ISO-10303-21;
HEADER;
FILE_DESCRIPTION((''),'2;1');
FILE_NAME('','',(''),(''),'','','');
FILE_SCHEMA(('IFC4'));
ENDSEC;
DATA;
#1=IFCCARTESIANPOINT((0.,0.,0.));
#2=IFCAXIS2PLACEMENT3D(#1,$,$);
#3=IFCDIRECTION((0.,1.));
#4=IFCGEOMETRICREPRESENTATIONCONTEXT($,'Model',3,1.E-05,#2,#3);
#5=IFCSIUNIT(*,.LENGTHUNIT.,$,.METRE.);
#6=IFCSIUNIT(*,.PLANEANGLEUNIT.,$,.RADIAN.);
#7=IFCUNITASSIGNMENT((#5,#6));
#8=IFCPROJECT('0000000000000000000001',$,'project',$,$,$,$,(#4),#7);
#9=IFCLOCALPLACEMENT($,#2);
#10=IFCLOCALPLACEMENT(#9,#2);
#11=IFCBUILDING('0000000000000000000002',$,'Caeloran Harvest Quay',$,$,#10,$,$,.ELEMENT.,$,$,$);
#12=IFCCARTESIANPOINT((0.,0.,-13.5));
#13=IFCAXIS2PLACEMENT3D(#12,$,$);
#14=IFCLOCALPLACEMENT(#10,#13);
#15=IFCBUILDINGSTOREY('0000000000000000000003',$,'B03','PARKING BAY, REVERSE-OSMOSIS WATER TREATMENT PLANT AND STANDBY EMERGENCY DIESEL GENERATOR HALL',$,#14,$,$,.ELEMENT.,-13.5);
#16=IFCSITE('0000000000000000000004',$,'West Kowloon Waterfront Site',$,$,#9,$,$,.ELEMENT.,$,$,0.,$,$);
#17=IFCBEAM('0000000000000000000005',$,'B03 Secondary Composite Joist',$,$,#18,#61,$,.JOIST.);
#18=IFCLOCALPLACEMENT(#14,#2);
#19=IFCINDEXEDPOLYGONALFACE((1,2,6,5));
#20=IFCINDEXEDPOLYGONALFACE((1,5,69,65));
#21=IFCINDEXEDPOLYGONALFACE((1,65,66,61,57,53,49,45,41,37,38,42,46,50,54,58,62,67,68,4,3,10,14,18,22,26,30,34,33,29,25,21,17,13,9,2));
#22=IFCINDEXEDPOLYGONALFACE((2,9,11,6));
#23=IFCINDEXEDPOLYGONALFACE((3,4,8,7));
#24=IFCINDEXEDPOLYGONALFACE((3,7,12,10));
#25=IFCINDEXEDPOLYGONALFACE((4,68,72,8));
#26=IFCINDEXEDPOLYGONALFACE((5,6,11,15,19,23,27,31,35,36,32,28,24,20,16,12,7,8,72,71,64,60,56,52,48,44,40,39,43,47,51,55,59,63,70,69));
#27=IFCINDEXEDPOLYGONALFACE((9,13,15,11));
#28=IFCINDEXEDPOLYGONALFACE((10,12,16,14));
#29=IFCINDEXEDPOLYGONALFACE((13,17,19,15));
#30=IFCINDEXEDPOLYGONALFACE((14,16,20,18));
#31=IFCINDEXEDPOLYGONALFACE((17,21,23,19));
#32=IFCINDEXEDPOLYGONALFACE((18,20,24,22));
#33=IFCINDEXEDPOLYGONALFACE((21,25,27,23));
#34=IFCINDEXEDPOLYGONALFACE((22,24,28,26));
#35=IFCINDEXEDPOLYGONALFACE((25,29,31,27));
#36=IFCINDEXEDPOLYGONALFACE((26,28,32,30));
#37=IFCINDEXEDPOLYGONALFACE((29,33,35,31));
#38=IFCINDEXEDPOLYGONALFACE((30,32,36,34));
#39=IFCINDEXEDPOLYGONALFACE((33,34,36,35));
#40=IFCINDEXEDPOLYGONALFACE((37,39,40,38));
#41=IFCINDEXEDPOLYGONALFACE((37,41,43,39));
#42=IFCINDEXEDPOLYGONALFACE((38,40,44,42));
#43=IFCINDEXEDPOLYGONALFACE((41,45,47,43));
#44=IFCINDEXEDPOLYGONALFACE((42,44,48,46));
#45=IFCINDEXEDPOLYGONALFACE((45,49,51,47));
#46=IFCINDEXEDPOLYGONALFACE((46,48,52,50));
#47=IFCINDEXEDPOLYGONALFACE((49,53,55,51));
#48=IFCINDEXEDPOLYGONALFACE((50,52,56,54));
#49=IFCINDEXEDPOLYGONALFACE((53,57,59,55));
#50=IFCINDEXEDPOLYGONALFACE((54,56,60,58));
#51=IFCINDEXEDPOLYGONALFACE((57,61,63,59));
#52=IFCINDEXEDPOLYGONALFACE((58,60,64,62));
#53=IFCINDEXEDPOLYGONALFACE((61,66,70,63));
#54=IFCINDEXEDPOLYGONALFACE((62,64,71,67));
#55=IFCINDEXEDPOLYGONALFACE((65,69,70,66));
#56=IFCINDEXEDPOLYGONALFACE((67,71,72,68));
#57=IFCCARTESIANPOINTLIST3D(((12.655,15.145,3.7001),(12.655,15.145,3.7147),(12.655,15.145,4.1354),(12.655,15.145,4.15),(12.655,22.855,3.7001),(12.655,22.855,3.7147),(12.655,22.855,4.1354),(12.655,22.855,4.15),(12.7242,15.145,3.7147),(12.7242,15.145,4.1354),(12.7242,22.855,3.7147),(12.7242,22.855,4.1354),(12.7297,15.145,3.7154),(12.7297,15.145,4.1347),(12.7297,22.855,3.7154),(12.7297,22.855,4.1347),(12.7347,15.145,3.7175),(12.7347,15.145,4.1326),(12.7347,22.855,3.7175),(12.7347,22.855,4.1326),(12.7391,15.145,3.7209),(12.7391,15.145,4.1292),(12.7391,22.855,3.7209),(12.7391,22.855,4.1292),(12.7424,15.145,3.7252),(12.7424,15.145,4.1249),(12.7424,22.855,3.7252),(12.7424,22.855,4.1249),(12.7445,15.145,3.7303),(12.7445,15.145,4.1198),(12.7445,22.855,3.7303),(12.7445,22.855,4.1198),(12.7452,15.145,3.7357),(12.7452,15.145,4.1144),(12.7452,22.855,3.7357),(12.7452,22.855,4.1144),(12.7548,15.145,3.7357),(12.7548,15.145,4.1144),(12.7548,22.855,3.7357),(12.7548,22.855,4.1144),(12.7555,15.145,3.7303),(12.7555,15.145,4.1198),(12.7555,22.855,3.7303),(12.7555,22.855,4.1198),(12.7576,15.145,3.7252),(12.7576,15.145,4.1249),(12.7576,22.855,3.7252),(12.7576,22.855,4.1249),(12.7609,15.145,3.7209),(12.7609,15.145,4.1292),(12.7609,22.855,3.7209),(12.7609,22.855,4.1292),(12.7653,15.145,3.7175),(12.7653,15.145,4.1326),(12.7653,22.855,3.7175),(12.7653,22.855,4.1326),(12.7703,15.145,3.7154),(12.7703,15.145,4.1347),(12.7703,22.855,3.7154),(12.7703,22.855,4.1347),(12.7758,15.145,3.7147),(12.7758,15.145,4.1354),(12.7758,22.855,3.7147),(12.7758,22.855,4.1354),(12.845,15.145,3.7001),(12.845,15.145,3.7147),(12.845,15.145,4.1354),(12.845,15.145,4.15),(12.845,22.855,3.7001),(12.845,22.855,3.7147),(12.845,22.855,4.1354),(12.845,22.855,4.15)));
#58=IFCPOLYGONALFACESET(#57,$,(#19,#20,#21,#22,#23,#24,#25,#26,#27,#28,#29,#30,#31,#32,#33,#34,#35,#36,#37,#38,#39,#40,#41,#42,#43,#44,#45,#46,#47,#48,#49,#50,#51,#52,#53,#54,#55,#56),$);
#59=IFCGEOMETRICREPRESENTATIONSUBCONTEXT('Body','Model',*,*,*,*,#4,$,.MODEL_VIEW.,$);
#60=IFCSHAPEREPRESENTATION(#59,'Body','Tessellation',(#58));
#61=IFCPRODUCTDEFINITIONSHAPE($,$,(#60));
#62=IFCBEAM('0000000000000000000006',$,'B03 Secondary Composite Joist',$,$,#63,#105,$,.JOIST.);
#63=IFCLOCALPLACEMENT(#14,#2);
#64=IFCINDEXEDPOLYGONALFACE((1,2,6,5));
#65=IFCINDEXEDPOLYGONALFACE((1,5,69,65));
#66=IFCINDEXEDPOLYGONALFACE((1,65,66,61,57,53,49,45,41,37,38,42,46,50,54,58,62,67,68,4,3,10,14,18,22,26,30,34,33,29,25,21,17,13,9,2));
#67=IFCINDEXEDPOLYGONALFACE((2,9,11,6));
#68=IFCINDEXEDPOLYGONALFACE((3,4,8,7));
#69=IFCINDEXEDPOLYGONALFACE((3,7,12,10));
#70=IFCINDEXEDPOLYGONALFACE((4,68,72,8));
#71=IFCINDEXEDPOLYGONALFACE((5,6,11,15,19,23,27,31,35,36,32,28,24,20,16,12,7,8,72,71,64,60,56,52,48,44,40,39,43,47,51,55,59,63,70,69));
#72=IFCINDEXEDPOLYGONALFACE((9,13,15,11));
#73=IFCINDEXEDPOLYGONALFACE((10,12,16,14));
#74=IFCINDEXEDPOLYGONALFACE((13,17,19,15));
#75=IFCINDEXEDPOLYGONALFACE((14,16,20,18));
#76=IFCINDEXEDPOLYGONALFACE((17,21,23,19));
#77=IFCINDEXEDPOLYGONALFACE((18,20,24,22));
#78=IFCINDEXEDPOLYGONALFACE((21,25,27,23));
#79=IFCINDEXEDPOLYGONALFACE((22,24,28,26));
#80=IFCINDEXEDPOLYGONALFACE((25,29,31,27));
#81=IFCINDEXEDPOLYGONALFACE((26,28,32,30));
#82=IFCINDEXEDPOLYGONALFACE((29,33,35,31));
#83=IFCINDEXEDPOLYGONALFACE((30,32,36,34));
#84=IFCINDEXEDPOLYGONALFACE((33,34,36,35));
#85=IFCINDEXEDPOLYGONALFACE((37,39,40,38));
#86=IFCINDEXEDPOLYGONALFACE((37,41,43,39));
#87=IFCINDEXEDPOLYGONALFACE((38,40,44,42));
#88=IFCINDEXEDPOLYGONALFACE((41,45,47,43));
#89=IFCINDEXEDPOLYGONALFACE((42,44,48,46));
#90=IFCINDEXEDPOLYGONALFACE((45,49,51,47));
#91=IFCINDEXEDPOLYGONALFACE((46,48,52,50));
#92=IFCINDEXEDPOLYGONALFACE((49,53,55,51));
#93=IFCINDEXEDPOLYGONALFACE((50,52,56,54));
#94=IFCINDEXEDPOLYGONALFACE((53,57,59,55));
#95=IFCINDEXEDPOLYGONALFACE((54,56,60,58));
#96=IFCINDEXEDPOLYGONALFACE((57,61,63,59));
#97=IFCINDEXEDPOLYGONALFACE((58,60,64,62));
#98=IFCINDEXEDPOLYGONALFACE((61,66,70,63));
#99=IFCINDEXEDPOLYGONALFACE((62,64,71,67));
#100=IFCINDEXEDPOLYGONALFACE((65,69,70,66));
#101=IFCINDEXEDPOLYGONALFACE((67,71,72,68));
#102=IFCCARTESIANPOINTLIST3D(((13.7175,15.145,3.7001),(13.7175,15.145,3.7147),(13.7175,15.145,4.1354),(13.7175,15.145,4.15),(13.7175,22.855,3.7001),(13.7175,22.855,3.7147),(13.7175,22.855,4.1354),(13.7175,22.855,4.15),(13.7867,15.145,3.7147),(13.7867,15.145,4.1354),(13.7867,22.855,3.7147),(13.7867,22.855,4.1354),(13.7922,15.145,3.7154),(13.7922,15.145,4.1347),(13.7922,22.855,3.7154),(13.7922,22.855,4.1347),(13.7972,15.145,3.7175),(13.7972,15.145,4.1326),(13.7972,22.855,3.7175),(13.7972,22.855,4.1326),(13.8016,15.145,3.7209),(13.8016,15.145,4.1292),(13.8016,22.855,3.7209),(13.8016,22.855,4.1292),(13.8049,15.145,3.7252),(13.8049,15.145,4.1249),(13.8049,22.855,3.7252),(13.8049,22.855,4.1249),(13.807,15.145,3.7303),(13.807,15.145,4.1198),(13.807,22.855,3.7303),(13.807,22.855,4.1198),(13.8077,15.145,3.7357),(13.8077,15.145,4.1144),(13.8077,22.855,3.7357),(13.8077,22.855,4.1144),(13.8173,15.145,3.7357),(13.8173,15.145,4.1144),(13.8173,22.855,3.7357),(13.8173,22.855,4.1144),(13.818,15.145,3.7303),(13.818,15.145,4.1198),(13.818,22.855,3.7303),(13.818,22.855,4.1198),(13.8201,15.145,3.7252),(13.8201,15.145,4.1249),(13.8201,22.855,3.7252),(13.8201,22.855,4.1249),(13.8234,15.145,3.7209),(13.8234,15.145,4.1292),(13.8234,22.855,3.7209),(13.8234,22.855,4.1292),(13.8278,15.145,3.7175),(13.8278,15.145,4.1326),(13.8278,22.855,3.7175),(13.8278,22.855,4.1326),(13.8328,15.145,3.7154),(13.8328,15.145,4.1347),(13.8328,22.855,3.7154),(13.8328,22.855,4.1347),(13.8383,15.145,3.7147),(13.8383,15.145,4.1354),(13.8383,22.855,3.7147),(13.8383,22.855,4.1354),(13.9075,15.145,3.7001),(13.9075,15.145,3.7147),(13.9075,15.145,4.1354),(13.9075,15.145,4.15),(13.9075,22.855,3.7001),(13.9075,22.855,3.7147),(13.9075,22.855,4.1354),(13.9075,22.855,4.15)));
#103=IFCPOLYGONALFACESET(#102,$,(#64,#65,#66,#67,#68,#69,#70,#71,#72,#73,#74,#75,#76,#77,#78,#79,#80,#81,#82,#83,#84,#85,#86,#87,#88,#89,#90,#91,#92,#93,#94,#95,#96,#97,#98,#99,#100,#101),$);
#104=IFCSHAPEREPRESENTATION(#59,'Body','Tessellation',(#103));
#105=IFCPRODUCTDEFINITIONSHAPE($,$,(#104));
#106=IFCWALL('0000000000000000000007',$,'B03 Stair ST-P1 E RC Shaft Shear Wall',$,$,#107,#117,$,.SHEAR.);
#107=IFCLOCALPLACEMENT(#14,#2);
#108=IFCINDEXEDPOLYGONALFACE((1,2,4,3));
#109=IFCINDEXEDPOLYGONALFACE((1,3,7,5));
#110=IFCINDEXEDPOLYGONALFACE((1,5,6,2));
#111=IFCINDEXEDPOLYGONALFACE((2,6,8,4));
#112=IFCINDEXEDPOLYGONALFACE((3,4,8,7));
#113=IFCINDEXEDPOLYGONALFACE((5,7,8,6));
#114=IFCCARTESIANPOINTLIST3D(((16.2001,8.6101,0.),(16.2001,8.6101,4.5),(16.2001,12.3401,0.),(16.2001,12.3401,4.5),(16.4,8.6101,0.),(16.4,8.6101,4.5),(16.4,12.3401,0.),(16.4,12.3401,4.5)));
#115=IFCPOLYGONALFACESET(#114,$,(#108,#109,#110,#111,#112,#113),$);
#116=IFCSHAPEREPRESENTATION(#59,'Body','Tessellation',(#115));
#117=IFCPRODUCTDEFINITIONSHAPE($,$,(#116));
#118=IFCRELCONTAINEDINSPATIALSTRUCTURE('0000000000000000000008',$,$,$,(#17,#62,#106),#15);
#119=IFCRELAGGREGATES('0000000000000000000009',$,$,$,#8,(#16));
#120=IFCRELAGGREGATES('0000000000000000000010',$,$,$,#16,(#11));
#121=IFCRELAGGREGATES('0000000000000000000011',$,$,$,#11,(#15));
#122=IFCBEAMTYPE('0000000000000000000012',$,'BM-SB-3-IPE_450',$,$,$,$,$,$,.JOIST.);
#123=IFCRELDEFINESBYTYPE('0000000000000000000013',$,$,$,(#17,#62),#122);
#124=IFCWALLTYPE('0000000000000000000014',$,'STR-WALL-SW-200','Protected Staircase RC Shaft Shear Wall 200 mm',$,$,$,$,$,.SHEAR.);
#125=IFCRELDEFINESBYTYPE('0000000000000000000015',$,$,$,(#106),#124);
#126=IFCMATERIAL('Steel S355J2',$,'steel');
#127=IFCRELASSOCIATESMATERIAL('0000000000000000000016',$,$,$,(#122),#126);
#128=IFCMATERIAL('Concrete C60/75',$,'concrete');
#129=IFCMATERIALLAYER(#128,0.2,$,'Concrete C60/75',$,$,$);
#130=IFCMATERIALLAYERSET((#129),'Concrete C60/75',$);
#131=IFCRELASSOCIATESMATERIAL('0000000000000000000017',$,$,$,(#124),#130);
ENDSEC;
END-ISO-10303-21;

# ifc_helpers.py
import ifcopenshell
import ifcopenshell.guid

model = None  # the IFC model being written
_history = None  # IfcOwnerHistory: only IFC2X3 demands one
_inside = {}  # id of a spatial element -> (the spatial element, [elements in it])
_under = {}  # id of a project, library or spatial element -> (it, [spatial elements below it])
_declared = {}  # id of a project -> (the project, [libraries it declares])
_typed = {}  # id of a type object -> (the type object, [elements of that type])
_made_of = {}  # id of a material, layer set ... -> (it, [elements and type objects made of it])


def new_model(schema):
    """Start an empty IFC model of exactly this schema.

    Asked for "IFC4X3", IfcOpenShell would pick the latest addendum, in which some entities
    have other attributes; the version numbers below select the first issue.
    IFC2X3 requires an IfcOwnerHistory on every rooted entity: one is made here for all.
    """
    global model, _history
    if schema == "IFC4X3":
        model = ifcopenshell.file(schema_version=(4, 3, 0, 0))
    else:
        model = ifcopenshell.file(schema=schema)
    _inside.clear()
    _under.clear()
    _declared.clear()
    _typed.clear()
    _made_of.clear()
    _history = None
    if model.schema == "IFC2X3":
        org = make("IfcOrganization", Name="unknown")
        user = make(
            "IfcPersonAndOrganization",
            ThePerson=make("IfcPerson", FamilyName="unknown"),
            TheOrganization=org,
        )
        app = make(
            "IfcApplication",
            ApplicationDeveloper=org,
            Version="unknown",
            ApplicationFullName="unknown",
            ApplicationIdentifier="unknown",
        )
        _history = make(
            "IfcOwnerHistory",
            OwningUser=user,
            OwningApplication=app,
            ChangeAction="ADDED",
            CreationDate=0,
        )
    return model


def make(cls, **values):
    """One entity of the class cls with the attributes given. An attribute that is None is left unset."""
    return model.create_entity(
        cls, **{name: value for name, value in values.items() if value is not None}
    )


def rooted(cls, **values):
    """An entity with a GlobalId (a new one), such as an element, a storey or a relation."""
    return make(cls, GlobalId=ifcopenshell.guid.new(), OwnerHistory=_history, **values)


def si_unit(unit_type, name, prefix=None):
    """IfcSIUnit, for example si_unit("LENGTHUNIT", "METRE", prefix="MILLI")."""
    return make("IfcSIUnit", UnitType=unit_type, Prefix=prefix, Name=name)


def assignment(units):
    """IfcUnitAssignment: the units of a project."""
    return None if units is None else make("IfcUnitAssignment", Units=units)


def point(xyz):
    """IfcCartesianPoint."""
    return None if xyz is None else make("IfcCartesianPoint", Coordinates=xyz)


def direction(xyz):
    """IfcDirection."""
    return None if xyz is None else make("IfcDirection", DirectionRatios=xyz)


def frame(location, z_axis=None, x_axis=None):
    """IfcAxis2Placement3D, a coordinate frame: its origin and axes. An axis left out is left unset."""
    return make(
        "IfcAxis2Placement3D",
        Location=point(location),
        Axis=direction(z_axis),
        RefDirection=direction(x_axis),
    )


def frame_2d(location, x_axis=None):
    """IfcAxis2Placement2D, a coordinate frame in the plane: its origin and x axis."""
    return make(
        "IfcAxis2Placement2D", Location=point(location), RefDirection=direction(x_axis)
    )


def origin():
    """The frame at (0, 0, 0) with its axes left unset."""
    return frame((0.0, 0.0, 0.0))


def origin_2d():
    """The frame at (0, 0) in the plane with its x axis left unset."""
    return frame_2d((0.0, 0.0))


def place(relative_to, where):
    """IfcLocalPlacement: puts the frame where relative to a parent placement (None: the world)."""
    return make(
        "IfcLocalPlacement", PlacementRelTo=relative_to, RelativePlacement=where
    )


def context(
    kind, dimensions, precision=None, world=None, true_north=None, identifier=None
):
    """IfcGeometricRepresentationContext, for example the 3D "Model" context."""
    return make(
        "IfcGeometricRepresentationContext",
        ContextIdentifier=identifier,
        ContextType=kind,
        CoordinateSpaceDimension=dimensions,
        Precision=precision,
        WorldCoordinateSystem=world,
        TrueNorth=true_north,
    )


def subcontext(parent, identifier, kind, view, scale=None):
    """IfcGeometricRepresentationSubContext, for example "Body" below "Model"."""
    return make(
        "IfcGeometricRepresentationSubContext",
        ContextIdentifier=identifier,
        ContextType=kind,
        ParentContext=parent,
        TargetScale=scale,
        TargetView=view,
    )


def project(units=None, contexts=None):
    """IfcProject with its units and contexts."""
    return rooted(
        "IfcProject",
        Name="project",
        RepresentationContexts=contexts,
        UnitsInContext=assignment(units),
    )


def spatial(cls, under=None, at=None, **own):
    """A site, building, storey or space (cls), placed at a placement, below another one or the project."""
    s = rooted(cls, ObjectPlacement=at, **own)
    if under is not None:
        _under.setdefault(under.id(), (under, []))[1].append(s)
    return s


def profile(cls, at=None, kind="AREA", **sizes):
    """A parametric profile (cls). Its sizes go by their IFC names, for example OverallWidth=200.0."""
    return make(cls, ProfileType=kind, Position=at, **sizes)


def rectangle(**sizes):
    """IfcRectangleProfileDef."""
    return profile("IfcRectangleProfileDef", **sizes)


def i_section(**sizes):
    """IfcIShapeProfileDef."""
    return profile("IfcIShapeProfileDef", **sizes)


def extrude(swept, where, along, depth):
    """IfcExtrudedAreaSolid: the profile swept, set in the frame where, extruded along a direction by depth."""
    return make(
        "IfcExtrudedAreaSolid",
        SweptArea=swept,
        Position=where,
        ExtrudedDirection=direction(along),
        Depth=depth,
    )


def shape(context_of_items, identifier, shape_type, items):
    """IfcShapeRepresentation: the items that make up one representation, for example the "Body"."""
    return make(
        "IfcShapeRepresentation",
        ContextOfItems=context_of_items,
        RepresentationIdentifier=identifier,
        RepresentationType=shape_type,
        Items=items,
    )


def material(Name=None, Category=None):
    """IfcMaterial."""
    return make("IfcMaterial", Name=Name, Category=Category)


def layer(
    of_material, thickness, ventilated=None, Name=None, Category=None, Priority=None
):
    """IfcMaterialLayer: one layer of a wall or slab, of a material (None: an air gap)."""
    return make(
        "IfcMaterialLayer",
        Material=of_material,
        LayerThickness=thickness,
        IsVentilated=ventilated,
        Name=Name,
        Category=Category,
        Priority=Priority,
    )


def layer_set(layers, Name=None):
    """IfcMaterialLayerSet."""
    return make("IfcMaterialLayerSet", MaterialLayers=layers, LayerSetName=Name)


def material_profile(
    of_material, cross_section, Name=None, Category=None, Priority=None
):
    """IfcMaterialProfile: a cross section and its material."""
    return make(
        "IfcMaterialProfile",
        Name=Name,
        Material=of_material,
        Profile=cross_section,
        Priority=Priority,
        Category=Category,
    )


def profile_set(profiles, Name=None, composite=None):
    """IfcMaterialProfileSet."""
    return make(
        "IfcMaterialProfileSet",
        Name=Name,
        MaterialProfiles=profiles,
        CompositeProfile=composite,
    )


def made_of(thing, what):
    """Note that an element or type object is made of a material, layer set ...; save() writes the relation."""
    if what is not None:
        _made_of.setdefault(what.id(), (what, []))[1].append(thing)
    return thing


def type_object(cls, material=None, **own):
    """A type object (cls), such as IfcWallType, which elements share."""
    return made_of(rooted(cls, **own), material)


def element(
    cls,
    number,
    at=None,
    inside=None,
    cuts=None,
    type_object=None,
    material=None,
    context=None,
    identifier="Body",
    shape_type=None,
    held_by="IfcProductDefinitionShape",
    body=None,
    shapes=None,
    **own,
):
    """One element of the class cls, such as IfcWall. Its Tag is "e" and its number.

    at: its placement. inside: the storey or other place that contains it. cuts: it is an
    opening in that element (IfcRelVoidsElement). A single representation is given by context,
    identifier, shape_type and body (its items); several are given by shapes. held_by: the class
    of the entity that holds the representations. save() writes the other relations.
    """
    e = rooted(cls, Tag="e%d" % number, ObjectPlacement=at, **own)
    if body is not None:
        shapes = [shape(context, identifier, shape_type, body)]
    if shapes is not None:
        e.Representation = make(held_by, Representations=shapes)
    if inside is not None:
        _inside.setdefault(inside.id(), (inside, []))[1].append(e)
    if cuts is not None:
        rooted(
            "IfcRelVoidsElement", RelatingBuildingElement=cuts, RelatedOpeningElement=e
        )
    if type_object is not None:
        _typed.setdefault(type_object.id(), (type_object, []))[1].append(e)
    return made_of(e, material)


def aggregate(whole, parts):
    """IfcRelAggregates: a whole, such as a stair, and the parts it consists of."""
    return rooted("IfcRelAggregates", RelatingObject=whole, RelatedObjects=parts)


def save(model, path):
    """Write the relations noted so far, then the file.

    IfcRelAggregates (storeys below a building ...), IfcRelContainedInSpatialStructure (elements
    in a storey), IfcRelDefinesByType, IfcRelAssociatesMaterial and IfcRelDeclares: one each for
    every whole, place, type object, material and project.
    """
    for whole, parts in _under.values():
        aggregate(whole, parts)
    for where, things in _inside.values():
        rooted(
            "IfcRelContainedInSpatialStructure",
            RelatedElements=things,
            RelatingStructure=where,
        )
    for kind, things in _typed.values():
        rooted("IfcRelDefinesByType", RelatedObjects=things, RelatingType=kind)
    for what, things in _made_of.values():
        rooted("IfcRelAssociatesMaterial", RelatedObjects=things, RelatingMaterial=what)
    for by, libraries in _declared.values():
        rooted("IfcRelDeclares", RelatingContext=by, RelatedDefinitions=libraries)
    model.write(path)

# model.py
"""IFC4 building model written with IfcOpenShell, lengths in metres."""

from ifc_helpers import new_model, si_unit, direction, frame, frame_2d, origin, origin_2d, place, context, subcontext, project, spatial, rectangle, i_section, extrude, material, layer, layer_set, material_profile, profile_set, type_object, element, save


model = new_model("IFC4")

# Units and contexts
model_context = context("Model", 3, precision=1e-05, world=origin(), true_north=direction((0.0, 1.0)))
body_context = subcontext(model_context, "Body", "Model", "MODEL_VIEW")
ifc_project = project(units=[si_unit("LENGTHUNIT", "METRE"), si_unit("PLANEANGLEUNIT", "RADIAN")], contexts=[model_context])

# Site, building, storey
site_placement = place(None, origin())
site = spatial("IfcSite", under=ifc_project, at=site_placement, Name="West Kowloon Waterfront Site", CompositionType="ELEMENT", RefElevation=0.0)
building_placement = place(site_placement, origin())
building = spatial("IfcBuilding", under=site, at=building_placement, Name="Caeloran Harvest Quay", CompositionType="ELEMENT")
storey_placement = place(building_placement, frame((0.0, 0.0, -13.5)))
storey = spatial("IfcBuildingStorey", under=building, at=storey_placement, Name="B03", Description="PARKING BAY, REVERSE-OSMOSIS WATER TREATMENT PLANT AND STANDBY EMERGENCY DIESEL GENERATOR HALL", CompositionType="ELEMENT", Elevation=-13.5)

# Beams
ifc_material_1 = material(Name="Steel S355J2", Category="steel")
ifc_material_profile_1 = material_profile(ifc_material_1, i_section(OverallWidth=0.1899, OverallDepth=0.45, WebThickness=0.0095, FlangeThickness=0.0146, FilletRadius=0.021, at=origin_2d()), Name="IPE 450")
ifc_profile_set_1 = profile_set([ifc_material_profile_1], Name="Steel S355J2")
beam_type_1 = type_object("IfcBeamType", Name="BM-SB-3-IPE_450", PredefinedType="JOIST", material=ifc_profile_set_1)
for number, where, z_axis, x_axis, name in (
    (1, (12.75, 15.145, 3.925), (0.0, 1.0, 0.0), (-1.0, 0.0, 0.0), "B03 Secondary Composite Joist"),
    (2, (13.8125, 15.145, 3.925), (0.0, 1.0, 0.0), (-1.0, 0.0, 0.0), "B03 Secondary Composite Joist"),
):
    element("IfcBeam", number, at=place(storey_placement, frame(where, z_axis=z_axis, x_axis=x_axis)), inside=storey, type_object=beam_type_1, Name=name, PredefinedType="JOIST", context=body_context, shape_type="SweptSolid", body=[
        extrude(i_section(OverallWidth=0.1899, OverallDepth=0.45, WebThickness=0.0095, FlangeThickness=0.0146, FilletRadius=0.021, at=origin_2d()), origin(), (0.0, 0.0, 1.0), 7.71),
    ])

# Wall
ifc_material_2 = material(Name="Concrete C60/75", Category="concrete")
ifc_layer = layer(ifc_material_2, 0.2, Name="Concrete C60/75")
ifc_layer_set = layer_set([ifc_layer], Name="Concrete C60/75")
wall_type = type_object("IfcWallType", Name="STR-WALL-SW-200", Description="Protected Staircase RC Shaft Shear Wall 200 mm", PredefinedType="SHEAR", material=ifc_layer_set)
wall_placement = place(storey_placement, frame((16.3, 8.6101, 0.0), z_axis=(0.0, 0.0, 1.0), x_axis=(0.0, 1.0, 0.0)))
element("IfcWall", 3, at=wall_placement, inside=storey, type_object=wall_type, Name="B03 Stair ST-P1 E RC Shaft Shear Wall", PredefinedType="SHEAR", context=body_context, shape_type="SweptSolid", body=[
    extrude(rectangle(XDim=3.73, YDim=0.2, at=frame_2d((1.865, 0.0))), origin(), (0.0, 0.0, 1.0), 4.5),
])

save(model, "model.ifc")
